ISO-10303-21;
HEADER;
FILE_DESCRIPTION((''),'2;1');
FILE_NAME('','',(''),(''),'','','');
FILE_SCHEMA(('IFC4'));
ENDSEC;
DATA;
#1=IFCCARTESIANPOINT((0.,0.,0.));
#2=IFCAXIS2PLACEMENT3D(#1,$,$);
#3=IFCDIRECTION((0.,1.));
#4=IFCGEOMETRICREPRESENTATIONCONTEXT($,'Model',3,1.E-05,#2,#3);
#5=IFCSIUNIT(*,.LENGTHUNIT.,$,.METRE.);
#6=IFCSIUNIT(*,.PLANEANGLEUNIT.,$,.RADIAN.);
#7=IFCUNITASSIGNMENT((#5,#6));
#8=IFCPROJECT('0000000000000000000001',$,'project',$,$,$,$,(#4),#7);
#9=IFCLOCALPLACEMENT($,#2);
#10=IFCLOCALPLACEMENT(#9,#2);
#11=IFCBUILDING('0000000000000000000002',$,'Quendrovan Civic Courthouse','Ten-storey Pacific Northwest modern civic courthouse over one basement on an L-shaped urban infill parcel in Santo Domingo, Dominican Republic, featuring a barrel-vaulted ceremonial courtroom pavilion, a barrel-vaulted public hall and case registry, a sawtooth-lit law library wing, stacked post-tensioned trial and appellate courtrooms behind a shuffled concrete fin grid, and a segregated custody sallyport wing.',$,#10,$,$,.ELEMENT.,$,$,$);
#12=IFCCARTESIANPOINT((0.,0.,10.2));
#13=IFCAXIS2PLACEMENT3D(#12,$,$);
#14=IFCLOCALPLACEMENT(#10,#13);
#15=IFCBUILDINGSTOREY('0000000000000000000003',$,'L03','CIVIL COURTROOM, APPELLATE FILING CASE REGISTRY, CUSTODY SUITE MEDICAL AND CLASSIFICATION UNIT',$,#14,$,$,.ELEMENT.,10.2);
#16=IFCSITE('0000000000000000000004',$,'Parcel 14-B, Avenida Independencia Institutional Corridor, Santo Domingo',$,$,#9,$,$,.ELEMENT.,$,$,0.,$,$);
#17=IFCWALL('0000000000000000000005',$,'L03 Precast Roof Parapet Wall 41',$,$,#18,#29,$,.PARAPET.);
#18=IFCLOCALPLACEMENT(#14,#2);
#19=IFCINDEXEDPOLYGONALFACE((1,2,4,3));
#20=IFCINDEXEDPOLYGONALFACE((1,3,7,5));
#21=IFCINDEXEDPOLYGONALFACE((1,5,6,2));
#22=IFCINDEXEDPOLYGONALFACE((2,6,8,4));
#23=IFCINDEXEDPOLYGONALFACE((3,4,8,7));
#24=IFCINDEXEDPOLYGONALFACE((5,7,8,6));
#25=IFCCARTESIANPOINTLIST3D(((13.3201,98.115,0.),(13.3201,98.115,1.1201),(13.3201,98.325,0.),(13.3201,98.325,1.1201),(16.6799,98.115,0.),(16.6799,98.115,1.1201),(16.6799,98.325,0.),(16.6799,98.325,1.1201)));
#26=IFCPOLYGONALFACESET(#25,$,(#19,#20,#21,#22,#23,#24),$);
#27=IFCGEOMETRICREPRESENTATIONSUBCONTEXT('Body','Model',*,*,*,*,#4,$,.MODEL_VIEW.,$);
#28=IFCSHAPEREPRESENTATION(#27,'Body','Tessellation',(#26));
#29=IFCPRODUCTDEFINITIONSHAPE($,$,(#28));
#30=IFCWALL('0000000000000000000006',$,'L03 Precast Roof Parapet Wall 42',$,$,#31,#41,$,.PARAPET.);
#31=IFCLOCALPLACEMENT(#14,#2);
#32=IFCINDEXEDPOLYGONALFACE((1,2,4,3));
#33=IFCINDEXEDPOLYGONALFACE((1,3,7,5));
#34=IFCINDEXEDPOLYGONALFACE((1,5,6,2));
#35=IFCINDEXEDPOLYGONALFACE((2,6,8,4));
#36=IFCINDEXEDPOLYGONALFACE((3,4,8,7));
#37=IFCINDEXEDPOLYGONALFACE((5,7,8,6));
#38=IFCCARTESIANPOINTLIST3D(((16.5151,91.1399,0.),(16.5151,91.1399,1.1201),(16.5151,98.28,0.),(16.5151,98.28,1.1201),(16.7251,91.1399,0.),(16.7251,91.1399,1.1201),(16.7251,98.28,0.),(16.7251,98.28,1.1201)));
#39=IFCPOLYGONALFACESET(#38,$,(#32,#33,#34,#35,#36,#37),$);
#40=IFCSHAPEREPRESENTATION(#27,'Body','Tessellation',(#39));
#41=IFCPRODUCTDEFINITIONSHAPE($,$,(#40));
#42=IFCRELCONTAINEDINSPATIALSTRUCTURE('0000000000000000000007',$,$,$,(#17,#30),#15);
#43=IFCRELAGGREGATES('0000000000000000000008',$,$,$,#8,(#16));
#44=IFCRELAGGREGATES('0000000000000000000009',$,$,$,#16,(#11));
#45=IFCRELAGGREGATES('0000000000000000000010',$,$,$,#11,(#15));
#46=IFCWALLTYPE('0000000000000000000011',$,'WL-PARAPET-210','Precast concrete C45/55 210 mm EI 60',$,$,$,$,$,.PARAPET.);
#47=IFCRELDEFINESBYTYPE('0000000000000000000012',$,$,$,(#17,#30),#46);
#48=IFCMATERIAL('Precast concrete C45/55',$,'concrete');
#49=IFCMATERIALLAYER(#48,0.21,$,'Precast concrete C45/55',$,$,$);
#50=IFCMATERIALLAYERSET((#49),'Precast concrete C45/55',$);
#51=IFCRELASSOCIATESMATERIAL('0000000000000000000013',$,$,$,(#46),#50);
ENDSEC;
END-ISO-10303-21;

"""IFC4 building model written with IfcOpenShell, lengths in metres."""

from ifc_helpers import new_model, si_unit, direction, frame, frame_2d, origin, place, context, subcontext, project, spatial, rectangle, extrude, material, layer, layer_set, type_object, element, save


model = new_model("IFC4")

# Units and contexts
model_context = context("Model", 3, precision=1e-05, world=origin(), true_north=direction((0.0, 1.0)))
body_context = subcontext(model_context, "Body", "Model", "MODEL_VIEW")
ifc_project = project(units=[si_unit("LENGTHUNIT", "METRE"), si_unit("PLANEANGLEUNIT", "RADIAN")], contexts=[model_context])

# Site, building, storey
site_placement = place(None, origin())
site = spatial("IfcSite", under=ifc_project, at=site_placement, Name="Parcel 14-B, Avenida Independencia Institutional Corridor, Santo Domingo", CompositionType="ELEMENT", RefElevation=0.0)
building_placement = place(site_placement, origin())
building = spatial("IfcBuilding", under=site, at=building_placement, Name="Quendrovan Civic Courthouse", Description="Ten-storey Pacific Northwest modern civic courthouse over one basement on an L-shaped urban infill parcel in Santo Domingo, Dominican Republic, featuring a barrel-vaulted ceremonial courtroom pavilion, a barrel-vaulted public hall and case registry, a sawtooth-lit law library wing, stacked post-tensioned trial and appellate courtrooms behind a shuffled concrete fin grid, and a segregated custody sallyport wing.", CompositionType="ELEMENT")
storey_placement = place(building_placement, frame((0.0, 0.0, 10.2)))
storey = spatial("IfcBuildingStorey", under=building, at=storey_placement, Name="L03", Description="CIVIL COURTROOM, APPELLATE FILING CASE REGISTRY, CUSTODY SUITE MEDICAL AND CLASSIFICATION UNIT", CompositionType="ELEMENT", Elevation=10.2)

# Walls
ifc_material_1 = material(Name="Precast concrete C45/55", Category="concrete")
ifc_layer_1 = layer(ifc_material_1, 0.21, Name="Precast concrete C45/55")
ifc_layer_set_1 = layer_set([ifc_layer_1], Name="Precast concrete C45/55")
wall_type_1 = type_object("IfcWallType", Name="WL-PARAPET-210", Description="Precast concrete C45/55 210 mm EI 60", PredefinedType="PARAPET", material=ifc_layer_set_1)
for number, where, z_axis, x_axis, name in (
    (1, (13.3201, 98.22, 0.0), (0.0, 0.0, 1.0), (1.0, 0.0, 0.0), "L03 Precast Roof Parapet Wall 41"),
):
    element("IfcWall", number, at=place(storey_placement, frame(where, z_axis=z_axis, x_axis=x_axis)), inside=storey, type_object=wall_type_1, Name=name, PredefinedType="PARAPET", context=body_context, shape_type="SweptSolid", body=[
        extrude(rectangle(XDim=3.3599, YDim=0.21, at=frame_2d((1.6799, 0.0))), origin(), (0.0, 0.0, 1.0), 1.1201),
    ])
wall_1_placement = place(storey_placement, frame((16.6201, 98.28, 0.0), z_axis=(0.0, 0.0, 1.0), x_axis=(0.0, -1.0, 0.0)))
element("IfcWall", 2, at=wall_1_placement, inside=storey, type_object=wall_type_1, Name="L03 Precast Roof Parapet Wall 42", PredefinedType="PARAPET", context=body_context, shape_type="SweptSolid", body=[
    extrude(rectangle(XDim=7.1401, YDim=0.21, at=frame_2d((3.5701, 0.0))), origin(), (0.0, 0.0, 1.0), 1.1201),
])

save(model, "model.ifc")
